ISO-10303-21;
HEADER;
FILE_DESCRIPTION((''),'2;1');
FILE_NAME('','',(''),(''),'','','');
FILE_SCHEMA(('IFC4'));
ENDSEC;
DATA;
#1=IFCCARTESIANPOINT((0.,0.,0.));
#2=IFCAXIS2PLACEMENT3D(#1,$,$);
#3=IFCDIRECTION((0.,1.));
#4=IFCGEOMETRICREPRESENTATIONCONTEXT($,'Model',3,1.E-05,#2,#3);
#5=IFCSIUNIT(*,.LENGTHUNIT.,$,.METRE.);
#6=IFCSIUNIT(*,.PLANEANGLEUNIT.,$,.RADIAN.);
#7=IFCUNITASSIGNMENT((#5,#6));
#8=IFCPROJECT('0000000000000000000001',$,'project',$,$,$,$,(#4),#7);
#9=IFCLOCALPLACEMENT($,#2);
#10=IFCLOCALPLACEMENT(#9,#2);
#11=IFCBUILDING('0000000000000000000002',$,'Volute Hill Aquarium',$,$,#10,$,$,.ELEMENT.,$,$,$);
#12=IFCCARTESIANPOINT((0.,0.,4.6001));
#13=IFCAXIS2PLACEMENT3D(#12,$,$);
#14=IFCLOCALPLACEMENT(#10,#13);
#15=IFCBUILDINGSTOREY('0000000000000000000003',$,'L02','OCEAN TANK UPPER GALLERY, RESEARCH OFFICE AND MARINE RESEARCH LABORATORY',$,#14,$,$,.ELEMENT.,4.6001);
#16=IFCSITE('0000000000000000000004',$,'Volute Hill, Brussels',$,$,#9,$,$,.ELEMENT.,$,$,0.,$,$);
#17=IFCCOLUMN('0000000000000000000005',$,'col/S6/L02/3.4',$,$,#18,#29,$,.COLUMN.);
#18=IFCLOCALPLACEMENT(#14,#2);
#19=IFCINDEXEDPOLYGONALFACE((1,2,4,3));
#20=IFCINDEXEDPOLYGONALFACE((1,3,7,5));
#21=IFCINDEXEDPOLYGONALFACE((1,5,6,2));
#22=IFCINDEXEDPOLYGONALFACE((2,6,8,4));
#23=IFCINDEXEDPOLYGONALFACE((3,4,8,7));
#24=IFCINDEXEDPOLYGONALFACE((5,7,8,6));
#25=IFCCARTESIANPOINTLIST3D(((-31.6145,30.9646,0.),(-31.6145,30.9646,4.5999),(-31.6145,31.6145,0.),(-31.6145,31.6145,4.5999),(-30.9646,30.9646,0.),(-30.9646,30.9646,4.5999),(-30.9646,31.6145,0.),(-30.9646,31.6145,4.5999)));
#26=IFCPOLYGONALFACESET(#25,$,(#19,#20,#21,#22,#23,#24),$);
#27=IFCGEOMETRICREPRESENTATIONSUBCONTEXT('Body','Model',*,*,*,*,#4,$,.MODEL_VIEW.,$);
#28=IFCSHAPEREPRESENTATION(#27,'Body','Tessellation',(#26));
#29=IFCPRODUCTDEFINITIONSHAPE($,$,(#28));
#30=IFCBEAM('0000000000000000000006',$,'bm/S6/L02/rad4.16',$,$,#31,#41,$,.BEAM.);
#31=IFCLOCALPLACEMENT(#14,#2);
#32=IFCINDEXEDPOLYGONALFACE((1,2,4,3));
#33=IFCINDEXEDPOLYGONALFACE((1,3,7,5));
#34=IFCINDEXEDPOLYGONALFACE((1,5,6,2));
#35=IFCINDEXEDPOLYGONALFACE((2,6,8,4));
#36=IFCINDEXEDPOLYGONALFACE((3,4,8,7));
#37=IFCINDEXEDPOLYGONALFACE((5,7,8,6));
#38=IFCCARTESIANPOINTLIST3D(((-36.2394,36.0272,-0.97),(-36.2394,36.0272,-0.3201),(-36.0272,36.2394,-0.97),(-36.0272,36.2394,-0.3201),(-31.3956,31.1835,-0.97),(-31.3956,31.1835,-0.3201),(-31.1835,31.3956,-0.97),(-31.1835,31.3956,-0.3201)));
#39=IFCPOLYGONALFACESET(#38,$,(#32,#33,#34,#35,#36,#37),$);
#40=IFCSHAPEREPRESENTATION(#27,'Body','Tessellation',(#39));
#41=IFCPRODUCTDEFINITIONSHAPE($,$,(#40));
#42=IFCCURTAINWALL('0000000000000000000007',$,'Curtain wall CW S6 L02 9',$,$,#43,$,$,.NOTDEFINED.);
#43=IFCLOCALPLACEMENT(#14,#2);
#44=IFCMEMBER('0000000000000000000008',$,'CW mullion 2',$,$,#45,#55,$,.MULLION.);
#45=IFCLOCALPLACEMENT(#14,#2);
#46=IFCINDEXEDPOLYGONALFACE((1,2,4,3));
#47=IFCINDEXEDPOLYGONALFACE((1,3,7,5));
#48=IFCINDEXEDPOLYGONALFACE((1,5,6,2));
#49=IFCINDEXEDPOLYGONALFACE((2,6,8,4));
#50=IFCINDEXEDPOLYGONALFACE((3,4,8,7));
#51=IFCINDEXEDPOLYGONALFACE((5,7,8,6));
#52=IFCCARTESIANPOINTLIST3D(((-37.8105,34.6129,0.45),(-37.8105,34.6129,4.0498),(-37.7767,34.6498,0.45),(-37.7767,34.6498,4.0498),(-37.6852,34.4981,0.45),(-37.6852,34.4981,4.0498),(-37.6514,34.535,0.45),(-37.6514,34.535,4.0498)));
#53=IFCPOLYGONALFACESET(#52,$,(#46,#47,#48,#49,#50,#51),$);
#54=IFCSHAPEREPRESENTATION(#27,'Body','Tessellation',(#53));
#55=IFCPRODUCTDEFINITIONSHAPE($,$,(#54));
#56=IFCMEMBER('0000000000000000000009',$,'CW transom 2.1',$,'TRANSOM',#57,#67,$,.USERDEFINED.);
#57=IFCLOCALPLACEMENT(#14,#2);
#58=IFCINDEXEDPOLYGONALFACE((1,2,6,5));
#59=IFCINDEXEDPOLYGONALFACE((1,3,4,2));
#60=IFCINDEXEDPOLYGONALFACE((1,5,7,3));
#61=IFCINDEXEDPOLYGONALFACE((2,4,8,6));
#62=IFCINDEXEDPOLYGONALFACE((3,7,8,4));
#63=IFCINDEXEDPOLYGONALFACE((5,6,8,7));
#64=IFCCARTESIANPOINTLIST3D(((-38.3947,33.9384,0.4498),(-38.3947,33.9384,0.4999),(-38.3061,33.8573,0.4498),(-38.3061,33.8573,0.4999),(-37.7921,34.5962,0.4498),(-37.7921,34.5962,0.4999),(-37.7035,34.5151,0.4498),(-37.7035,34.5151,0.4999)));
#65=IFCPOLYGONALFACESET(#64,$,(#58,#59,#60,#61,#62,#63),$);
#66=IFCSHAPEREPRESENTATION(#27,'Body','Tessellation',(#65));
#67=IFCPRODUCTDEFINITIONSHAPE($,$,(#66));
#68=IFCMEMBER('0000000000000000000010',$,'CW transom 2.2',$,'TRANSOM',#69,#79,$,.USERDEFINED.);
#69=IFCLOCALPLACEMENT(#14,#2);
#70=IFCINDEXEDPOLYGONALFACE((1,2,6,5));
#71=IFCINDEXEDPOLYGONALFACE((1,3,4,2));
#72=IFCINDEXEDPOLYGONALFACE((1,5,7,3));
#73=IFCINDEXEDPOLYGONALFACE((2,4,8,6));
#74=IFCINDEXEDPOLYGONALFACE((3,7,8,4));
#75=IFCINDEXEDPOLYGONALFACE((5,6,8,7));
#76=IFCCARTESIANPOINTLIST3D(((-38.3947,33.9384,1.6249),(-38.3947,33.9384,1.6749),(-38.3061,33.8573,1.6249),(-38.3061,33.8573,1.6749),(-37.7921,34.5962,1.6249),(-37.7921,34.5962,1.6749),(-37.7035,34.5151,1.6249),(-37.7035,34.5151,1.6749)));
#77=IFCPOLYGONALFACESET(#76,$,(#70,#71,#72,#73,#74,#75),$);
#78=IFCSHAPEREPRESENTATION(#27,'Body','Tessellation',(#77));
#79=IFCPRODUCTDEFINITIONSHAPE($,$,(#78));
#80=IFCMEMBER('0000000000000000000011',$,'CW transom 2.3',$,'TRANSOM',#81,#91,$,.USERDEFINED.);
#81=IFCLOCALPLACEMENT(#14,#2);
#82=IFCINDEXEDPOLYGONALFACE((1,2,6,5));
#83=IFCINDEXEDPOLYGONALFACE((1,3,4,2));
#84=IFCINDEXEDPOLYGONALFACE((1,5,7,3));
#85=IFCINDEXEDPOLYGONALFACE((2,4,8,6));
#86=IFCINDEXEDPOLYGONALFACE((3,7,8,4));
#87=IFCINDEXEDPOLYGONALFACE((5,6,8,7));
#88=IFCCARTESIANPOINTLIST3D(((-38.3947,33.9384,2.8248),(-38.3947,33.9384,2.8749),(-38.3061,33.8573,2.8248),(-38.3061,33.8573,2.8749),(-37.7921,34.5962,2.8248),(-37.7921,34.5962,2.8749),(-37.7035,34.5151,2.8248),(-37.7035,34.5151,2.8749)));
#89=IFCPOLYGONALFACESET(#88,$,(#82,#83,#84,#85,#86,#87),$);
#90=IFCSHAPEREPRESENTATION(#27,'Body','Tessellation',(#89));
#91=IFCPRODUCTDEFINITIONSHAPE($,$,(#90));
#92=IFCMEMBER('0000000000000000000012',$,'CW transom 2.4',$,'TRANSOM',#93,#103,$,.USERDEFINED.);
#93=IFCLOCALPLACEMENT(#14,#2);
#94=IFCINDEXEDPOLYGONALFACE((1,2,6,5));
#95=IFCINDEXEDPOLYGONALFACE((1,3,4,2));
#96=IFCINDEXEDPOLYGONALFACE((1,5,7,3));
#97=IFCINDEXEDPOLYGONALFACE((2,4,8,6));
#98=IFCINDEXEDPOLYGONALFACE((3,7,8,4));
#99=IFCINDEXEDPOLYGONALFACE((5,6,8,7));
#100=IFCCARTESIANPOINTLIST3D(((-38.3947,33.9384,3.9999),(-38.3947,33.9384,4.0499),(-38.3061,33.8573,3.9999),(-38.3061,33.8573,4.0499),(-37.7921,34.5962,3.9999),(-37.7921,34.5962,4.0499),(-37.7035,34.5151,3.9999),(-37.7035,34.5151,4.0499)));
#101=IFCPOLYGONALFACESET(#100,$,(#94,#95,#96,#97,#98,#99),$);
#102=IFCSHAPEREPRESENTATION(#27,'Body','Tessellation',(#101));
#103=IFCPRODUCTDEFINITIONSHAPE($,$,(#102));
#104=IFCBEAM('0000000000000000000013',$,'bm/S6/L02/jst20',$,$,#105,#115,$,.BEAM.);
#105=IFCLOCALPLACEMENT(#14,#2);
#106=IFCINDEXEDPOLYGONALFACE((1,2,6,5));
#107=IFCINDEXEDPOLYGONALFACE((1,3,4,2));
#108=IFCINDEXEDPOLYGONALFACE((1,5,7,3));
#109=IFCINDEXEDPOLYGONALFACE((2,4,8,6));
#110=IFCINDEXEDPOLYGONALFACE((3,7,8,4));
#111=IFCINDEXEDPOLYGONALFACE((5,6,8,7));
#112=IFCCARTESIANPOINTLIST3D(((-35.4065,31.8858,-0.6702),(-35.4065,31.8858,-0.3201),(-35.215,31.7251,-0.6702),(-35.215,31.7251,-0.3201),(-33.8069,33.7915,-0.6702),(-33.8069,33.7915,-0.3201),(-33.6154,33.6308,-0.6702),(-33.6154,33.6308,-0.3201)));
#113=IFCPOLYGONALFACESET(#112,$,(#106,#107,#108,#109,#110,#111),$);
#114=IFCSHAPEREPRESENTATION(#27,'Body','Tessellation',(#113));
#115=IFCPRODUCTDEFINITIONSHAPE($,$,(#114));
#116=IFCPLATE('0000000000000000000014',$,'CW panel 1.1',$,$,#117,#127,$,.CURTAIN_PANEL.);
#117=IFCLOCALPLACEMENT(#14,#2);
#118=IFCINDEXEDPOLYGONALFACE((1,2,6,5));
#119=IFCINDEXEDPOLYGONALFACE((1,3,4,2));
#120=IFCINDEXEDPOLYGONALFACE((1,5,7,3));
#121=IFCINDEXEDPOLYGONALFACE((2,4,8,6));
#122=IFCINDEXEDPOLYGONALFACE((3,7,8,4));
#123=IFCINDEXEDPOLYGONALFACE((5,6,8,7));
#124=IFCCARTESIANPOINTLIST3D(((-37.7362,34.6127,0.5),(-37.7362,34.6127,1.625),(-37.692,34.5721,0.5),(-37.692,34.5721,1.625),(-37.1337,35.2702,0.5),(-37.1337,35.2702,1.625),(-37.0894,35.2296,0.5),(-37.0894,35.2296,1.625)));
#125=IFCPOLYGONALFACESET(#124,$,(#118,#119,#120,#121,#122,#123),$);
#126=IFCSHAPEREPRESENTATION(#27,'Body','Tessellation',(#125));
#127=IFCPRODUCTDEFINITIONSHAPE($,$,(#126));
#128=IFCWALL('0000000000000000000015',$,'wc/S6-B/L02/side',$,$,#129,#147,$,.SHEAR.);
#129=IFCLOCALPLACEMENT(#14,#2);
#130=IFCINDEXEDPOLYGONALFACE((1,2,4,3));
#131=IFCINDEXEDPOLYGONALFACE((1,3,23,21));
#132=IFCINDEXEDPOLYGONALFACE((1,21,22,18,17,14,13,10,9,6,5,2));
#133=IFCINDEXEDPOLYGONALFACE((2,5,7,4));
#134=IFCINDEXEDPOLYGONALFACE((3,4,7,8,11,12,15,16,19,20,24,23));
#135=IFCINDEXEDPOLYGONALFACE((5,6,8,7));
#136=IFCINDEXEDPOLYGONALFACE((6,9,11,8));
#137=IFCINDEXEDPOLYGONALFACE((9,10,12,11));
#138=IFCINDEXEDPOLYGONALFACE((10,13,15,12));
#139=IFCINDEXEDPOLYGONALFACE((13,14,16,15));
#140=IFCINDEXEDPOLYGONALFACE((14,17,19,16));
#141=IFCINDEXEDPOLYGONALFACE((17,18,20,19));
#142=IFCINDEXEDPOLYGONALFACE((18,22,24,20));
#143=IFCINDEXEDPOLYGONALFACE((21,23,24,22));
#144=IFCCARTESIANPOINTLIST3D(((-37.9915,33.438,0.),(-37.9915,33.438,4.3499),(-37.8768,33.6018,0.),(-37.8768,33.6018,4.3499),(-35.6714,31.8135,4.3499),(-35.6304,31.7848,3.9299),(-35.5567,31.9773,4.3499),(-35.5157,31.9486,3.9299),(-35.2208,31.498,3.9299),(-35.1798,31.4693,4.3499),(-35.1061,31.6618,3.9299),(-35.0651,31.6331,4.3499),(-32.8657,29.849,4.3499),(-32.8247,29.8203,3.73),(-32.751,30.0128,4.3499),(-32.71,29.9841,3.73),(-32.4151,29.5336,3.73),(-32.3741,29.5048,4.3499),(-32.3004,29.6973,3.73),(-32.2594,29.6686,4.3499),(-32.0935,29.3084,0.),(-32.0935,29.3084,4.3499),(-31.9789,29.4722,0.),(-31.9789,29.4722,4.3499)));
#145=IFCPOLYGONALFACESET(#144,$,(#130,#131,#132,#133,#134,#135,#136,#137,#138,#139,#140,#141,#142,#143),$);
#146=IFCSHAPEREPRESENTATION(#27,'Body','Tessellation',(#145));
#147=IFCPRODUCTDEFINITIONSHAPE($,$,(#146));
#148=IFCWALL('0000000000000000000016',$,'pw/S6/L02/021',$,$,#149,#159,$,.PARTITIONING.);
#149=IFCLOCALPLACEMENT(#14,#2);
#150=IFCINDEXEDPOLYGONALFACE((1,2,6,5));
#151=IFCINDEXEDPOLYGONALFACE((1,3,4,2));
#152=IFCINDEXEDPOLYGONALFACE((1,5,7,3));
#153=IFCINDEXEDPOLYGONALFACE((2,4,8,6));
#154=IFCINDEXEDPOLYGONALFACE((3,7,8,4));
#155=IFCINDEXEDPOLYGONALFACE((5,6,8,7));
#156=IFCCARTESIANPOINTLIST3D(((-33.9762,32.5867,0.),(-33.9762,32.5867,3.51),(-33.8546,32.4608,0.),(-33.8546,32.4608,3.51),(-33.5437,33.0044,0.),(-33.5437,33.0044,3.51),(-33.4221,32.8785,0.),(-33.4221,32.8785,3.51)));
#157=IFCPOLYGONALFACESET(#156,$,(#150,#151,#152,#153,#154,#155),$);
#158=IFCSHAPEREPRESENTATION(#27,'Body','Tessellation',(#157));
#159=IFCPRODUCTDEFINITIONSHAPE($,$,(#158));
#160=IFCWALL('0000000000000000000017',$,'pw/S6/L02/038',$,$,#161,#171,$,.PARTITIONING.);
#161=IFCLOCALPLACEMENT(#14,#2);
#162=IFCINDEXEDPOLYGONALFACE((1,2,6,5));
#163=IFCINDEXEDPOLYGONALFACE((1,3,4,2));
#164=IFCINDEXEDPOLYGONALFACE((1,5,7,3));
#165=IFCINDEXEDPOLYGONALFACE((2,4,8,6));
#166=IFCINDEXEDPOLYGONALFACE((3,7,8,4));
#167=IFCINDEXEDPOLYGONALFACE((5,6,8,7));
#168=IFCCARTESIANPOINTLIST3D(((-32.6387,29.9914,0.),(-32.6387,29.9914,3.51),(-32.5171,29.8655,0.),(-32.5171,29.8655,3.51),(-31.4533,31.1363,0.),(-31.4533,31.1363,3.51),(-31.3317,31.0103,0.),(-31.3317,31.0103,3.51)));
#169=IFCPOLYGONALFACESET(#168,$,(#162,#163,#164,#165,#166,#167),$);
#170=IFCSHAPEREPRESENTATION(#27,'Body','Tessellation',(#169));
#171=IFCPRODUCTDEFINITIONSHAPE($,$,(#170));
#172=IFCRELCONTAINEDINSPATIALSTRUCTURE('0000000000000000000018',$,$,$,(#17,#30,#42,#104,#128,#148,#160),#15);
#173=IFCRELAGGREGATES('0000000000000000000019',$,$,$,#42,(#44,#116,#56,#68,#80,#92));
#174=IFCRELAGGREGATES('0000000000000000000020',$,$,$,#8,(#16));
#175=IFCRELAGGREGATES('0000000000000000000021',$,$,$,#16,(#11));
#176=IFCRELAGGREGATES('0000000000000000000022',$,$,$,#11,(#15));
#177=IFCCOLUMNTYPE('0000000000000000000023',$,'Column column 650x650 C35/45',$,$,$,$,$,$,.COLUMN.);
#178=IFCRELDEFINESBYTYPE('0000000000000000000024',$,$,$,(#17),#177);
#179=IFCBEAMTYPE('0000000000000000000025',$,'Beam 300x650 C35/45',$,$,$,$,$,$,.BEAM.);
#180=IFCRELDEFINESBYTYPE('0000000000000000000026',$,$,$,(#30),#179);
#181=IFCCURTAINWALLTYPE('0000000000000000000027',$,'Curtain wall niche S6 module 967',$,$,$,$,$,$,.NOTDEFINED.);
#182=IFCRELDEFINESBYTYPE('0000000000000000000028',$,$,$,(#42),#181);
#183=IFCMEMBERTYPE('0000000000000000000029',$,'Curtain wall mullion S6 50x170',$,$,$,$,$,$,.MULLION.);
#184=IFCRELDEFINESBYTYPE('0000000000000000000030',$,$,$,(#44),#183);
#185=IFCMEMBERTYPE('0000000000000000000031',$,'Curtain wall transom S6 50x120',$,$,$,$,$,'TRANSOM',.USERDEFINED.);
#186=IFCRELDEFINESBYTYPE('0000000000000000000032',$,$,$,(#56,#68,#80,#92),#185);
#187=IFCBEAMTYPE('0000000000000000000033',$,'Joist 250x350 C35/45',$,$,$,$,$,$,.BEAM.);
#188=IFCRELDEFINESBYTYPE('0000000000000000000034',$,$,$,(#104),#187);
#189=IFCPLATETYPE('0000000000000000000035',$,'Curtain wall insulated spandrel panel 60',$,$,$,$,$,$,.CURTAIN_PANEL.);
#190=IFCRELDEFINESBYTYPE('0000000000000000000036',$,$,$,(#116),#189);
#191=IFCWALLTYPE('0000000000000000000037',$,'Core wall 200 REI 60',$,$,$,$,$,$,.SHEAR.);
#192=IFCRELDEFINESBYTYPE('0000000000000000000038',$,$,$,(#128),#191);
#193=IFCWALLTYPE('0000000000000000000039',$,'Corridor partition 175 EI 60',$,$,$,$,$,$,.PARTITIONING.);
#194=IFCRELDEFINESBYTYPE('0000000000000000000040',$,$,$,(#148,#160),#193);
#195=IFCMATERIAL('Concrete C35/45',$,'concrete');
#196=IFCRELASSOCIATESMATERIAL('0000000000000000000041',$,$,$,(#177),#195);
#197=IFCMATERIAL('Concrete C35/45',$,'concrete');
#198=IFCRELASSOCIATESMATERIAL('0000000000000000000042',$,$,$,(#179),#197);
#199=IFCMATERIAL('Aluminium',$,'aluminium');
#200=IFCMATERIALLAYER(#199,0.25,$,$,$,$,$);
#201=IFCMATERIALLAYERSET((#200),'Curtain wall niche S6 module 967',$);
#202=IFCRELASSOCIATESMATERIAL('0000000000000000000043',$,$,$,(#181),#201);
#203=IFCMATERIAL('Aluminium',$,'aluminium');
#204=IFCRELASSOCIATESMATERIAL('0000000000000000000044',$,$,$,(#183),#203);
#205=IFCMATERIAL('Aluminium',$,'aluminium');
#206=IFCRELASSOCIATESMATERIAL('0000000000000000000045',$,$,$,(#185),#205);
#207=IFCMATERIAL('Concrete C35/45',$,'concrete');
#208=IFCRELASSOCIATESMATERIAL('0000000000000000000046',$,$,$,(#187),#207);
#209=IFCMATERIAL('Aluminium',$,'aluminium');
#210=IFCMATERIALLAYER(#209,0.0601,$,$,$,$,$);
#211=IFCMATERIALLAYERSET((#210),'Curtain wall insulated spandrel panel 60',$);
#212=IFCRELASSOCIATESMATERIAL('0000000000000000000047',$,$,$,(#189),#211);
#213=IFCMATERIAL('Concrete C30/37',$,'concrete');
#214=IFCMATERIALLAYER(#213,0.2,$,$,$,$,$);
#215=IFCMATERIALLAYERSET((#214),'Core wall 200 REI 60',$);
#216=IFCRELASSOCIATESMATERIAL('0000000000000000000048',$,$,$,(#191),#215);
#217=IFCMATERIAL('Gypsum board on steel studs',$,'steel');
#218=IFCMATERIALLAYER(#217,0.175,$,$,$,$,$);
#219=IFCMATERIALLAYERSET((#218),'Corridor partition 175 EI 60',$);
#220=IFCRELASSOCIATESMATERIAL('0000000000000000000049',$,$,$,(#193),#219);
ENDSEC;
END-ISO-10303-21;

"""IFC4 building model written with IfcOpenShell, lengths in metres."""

from ifc_helpers import new_model, si_unit, direction, frame, frame_2d, origin, origin_2d, place, context, subcontext, project, spatial, polyline, rectangle, outline, extrude, material, layer, layer_set, material_profile, profile_set, type_object, element, aggregate, save


model = new_model("IFC4")

# Units and contexts
model_context = context("Model", 3, precision=1e-05, world=origin(), true_north=direction((0.0, 1.0)))
body_context = subcontext(model_context, "Body", "Model", "MODEL_VIEW")
ifc_project = project(units=[si_unit("LENGTHUNIT", "METRE"), si_unit("PLANEANGLEUNIT", "RADIAN")], contexts=[model_context])

# Site, building, storey
site_placement = place(None, origin())
site = spatial("IfcSite", under=ifc_project, at=site_placement, Name="Volute Hill, Brussels", CompositionType="ELEMENT", RefElevation=0.0)
building_placement = place(site_placement, origin())
building = spatial("IfcBuilding", under=site, at=building_placement, Name="Volute Hill Aquarium", CompositionType="ELEMENT")
storey_placement = place(building_placement, frame((0.0, 0.0, 4.6001)))
storey = spatial("IfcBuildingStorey", under=building, at=storey_placement, Name="L02", Description="OCEAN TANK UPPER GALLERY, RESEARCH OFFICE AND MARINE RESEARCH LABORATORY", CompositionType="ELEMENT", Elevation=4.6001)

# Column
ifc_material_1 = material(Name="Concrete C35/45", Category="concrete")
ifc_material_profile_1 = material_profile(ifc_material_1, rectangle(XDim=0.6499, YDim=0.6499, at=origin_2d()), Name="RC column 650x650")
ifc_profile_set_1 = profile_set([ifc_material_profile_1], Name="Concrete C35/45")
column_type = type_object("IfcColumnType", Name="Column column 650x650 C35/45", PredefinedType="COLUMN", material=ifc_profile_set_1)
column_placement = place(storey_placement, frame((-31.2896, 31.2896, 0.0), z_axis=(0.0, 0.0, 1.0), x_axis=(1.0, 0.0, 0.0)))
element("IfcColumn", 1, at=column_placement, inside=storey, type_object=column_type, Name="col/S6/L02/3.4", PredefinedType="COLUMN", context=body_context, shape_type="SweptSolid", body=[
    extrude(rectangle(XDim=0.6499, YDim=0.6499, at=origin_2d()), origin(), (0.0, 0.0, 1.0), 4.5999),
])

# Beam
ifc_material_2 = material(Name="Concrete C35/45", Category="concrete")
ifc_material_profile_2 = material_profile(ifc_material_2, rectangle(XDim=0.3, YDim=0.6499, at=origin_2d()), Name="RC beam 300x650")
ifc_profile_set_2 = profile_set([ifc_material_profile_2], Name="Concrete C35/45")
beam_type_1 = type_object("IfcBeamType", Name="Beam 300x650 C35/45", PredefinedType="BEAM", material=ifc_profile_set_2)
beam_1_placement = place(storey_placement, frame((-31.2896, 31.2896, -0.645), z_axis=(-0.707107, 0.707107, 0.0), x_axis=(-0.707107, -0.707107, 0.0)))
element("IfcBeam", 2, at=beam_1_placement, inside=storey, type_object=beam_type_1, Name="bm/S6/L02/rad4.16", PredefinedType="BEAM", context=body_context, shape_type="SweptSolid", body=[
    extrude(rectangle(XDim=0.3, YDim=0.6499, at=origin_2d()), origin(), (0.0, 0.0, 1.0), 6.8501),
])

# Curtain wall, members
ifc_material_3 = material(Name="Aluminium", Category="aluminium")
ifc_layer_1 = layer(ifc_material_3, 0.25)
ifc_layer_set_1 = layer_set([ifc_layer_1], Name="Curtain wall niche S6 module 967")
curtain_wall_type = type_object("IfcCurtainWallType", Name="Curtain wall niche S6 module 967", PredefinedType="NOTDEFINED", material=ifc_layer_set_1)
curtain_wall_placement = place(storey_placement, origin())
curtain_wall = element("IfcCurtainWall", 3, at=curtain_wall_placement, inside=storey, type_object=curtain_wall_type, Name="Curtain wall CW S6 L02 9", PredefinedType="NOTDEFINED")
ifc_material_4 = material(Name="Aluminium", Category="aluminium")
ifc_material_profile_3 = material_profile(ifc_material_4, rectangle(XDim=0.1699, YDim=0.05, at=origin_2d()), Name="Curtain wall mullion S6 50x170")
ifc_profile_set_3 = profile_set([ifc_material_profile_3], Name="Aluminium")
member_type_1 = type_object("IfcMemberType", Name="Curtain wall mullion S6 50x170", PredefinedType="MULLION", material=ifc_profile_set_3)
member_1_placement = place(storey_placement, frame((-37.731, 34.574, 0.45), z_axis=(0.0, 0.0, 1.0), x_axis=(0.737285, -0.675582, 0.0)))
member_1 = element("IfcMember", 4, at=member_1_placement, type_object=member_type_1, Name="CW mullion 2", PredefinedType="MULLION", context=body_context, shape_type="SweptSolid", body=[
    extrude(rectangle(XDim=0.1699, YDim=0.05, at=origin_2d()), origin(), (0.0, 0.0, 1.0), 3.5999),
])
ifc_material_5 = material(Name="Aluminium", Category="aluminium")
ifc_material_profile_4 = material_profile(ifc_material_5, rectangle(XDim=0.1201, YDim=0.05, at=origin_2d()), Name="Curtain wall transom S6 50x120")
ifc_profile_set_4 = profile_set([ifc_material_profile_4], Name="Aluminium")
member_type_2 = type_object("IfcMemberType", Name="Curtain wall transom S6 50x120", ElementType="TRANSOM", PredefinedType="USERDEFINED", material=ifc_profile_set_4)
member_2_placement = place(storey_placement, frame((-37.7478, 34.5557, 0.4749), z_axis=(-0.675502, -0.737359, 0.0), x_axis=(0.737359, -0.675502, 0.0)))
member_2 = element("IfcMember", 5, at=member_2_placement, type_object=member_type_2, Name="CW transom 2.1", ObjectType="TRANSOM", PredefinedType="USERDEFINED", context=body_context, shape_type="SweptSolid", body=[
    extrude(rectangle(XDim=0.1201, YDim=0.05, at=origin_2d()), origin(), (0.0, 0.0, 1.0), 0.8921),
])
member_3_placement = place(storey_placement, frame((-37.7478, 34.5557, 1.6499), z_axis=(-0.675502, -0.737359, 0.0), x_axis=(0.737359, -0.675502, 0.0)))
member_3 = element("IfcMember", 6, at=member_3_placement, type_object=member_type_2, Name="CW transom 2.2", ObjectType="TRANSOM", PredefinedType="USERDEFINED", context=body_context, shape_type="SweptSolid", body=[
    extrude(rectangle(XDim=0.1201, YDim=0.05, at=origin_2d()), origin(), (0.0, 0.0, 1.0), 0.8921),
])
member_4_placement = place(storey_placement, frame((-37.7478, 34.5557, 2.8499), z_axis=(-0.675502, -0.737359, 0.0), x_axis=(0.737359, -0.675502, 0.0)))
member_4 = element("IfcMember", 7, at=member_4_placement, type_object=member_type_2, Name="CW transom 2.3", ObjectType="TRANSOM", PredefinedType="USERDEFINED", context=body_context, shape_type="SweptSolid", body=[
    extrude(rectangle(XDim=0.1201, YDim=0.05, at=origin_2d()), origin(), (0.0, 0.0, 1.0), 0.8921),
])
member_5_placement = place(storey_placement, frame((-37.7478, 34.5557, 4.0249), z_axis=(-0.675502, -0.737359, 0.0), x_axis=(0.737359, -0.675502, 0.0)))
member_5 = element("IfcMember", 8, at=member_5_placement, type_object=member_type_2, Name="CW transom 2.4", ObjectType="TRANSOM", PredefinedType="USERDEFINED", context=body_context, shape_type="SweptSolid", body=[
    extrude(rectangle(XDim=0.1201, YDim=0.05, at=origin_2d()), origin(), (0.0, 0.0, 1.0), 0.8921),
])

# Beam
ifc_material_6 = material(Name="Concrete C35/45", Category="concrete")
ifc_material_profile_5 = material_profile(ifc_material_6, rectangle(XDim=0.25, YDim=0.3501, at=origin_2d()), Name="RC joist 250x350")
ifc_profile_set_5 = profile_set([ifc_material_profile_5], Name="Concrete C35/45")
beam_type_2 = type_object("IfcBeamType", Name="Joist 250x350 C35/45", PredefinedType="BEAM", material=ifc_profile_set_5)
beam_2_placement = place(storey_placement, frame((-33.7112, 33.7112, -0.4951), z_axis=(-0.642902, -0.765948, 0.0), x_axis=(0.765948, -0.642902, 0.0)))
element("IfcBeam", 9, at=beam_2_placement, inside=storey, type_object=beam_type_2, Name="bm/S6/L02/jst20", PredefinedType="BEAM", context=body_context, shape_type="SweptSolid", body=[
    extrude(rectangle(XDim=0.25, YDim=0.3501, at=origin_2d()), origin(), (0.0, 0.0, 1.0), 2.488),
])

# Plate
ifc_material_7 = material(Name="Aluminium", Category="aluminium")
ifc_layer_2 = layer(ifc_material_7, 0.0601)
ifc_layer_set_2 = layer_set([ifc_layer_2], Name="Curtain wall insulated spandrel panel 60")
plate_type = type_object("IfcPlateType", Name="Curtain wall insulated spandrel panel 60", PredefinedType="CURTAIN_PANEL", material=ifc_layer_set_2)
plate_placement = place(storey_placement, frame((-37.4128, 34.9211, 0.5), z_axis=(0.0, 0.0, 1.0), x_axis=(-0.675582, -0.737285, 0.0)))
plate = element("IfcPlate", 10, at=plate_placement, type_object=plate_type, Name="CW panel 1.1", PredefinedType="CURTAIN_PANEL", context=body_context, shape_type="SweptSolid", body=[
    extrude(rectangle(XDim=0.8918, YDim=0.0601, at=origin_2d()), origin(), (0.0, 0.0, 1.0), 1.125),
])
aggregate(curtain_wall, [member_1, plate, member_2, member_3, member_4, member_5])

# Walls
ifc_material_8 = material(Name="Concrete C30/37", Category="concrete")
ifc_layer_3 = layer(ifc_material_8, 0.2)
ifc_layer_set_3 = layer_set([ifc_layer_3], Name="Core wall 200 REI 60")
wall_type_1 = type_object("IfcWallType", Name="Core wall 200 REI 60", PredefinedType="SHEAR", material=ifc_layer_set_3)
wall_1_placement = place(storey_placement, frame((-32.0361, 29.3904, 0.0), z_axis=(0.0, 0.0, 1.0), x_axis=(-0.819162, 0.573562, 0.0)))
element("IfcWall", 11, at=wall_1_placement, inside=storey, type_object=wall_type_1, Name="wc/S6-B/L02/side", PredefinedType="SHEAR", context=body_context, shape_type="SweptSolid", body=[
    extrude(outline(polyline([(0.0, 0.0), (7.2, 0.0), (7.2, 4.3499), (4.3677, 4.3499), (4.3176, 3.9299), (3.8176, 3.9299), (3.7676, 4.3499), (0.9426, 4.3499), (0.8926, 3.73), (0.3926, 3.73), (0.3425, 4.3499), (0.0, 4.3499), (0.0, 0.0)])), frame((0.0, 0.1001, 0.0), z_axis=(0.0, -1.0, 0.0), x_axis=(1.0, 0.0, 0.0)), (0.0, 0.0, 1.0), 0.2),
])
ifc_material_9 = material(Name="Gypsum board on steel studs", Category="steel")
ifc_layer_4 = layer(ifc_material_9, 0.175)
ifc_layer_set_4 = layer_set([ifc_layer_4], Name="Corridor partition 175 EI 60")
wall_type_2 = type_object("IfcWallType", Name="Corridor partition 175 EI 60", PredefinedType="PARTITIONING", material=ifc_layer_set_4)
wall_2_placement = place(storey_placement, frame((-33.9155, 32.5237, 0.0), z_axis=(0.0, 0.0, 1.0), x_axis=(0.71938, 0.694616, 0.0)))
element("IfcWall", 12, at=wall_2_placement, inside=storey, type_object=wall_type_2, Name="pw/S6/L02/021", PredefinedType="PARTITIONING", context=body_context, shape_type="SweptSolid", body=[
    extrude(rectangle(XDim=0.6013, YDim=0.175, at=frame_2d((0.3008, 0.0))), origin(), (0.0, 0.0, 1.0), 3.51),
])
wall_3_placement = place(storey_placement, frame((-32.5779, 29.9285, 0.0), z_axis=(0.0, 0.0, 1.0), x_axis=(0.719297, 0.694703, 0.0)))
element("IfcWall", 13, at=wall_3_placement, inside=storey, type_object=wall_type_2, Name="pw/S6/L02/038", PredefinedType="PARTITIONING", context=body_context, shape_type="SweptSolid", body=[
    extrude(rectangle(XDim=1.6479, YDim=0.175, at=frame_2d((0.824, 0.0))), origin(), (0.0, 0.0, 1.0), 3.51),
])

save(model, "model.ifc")
